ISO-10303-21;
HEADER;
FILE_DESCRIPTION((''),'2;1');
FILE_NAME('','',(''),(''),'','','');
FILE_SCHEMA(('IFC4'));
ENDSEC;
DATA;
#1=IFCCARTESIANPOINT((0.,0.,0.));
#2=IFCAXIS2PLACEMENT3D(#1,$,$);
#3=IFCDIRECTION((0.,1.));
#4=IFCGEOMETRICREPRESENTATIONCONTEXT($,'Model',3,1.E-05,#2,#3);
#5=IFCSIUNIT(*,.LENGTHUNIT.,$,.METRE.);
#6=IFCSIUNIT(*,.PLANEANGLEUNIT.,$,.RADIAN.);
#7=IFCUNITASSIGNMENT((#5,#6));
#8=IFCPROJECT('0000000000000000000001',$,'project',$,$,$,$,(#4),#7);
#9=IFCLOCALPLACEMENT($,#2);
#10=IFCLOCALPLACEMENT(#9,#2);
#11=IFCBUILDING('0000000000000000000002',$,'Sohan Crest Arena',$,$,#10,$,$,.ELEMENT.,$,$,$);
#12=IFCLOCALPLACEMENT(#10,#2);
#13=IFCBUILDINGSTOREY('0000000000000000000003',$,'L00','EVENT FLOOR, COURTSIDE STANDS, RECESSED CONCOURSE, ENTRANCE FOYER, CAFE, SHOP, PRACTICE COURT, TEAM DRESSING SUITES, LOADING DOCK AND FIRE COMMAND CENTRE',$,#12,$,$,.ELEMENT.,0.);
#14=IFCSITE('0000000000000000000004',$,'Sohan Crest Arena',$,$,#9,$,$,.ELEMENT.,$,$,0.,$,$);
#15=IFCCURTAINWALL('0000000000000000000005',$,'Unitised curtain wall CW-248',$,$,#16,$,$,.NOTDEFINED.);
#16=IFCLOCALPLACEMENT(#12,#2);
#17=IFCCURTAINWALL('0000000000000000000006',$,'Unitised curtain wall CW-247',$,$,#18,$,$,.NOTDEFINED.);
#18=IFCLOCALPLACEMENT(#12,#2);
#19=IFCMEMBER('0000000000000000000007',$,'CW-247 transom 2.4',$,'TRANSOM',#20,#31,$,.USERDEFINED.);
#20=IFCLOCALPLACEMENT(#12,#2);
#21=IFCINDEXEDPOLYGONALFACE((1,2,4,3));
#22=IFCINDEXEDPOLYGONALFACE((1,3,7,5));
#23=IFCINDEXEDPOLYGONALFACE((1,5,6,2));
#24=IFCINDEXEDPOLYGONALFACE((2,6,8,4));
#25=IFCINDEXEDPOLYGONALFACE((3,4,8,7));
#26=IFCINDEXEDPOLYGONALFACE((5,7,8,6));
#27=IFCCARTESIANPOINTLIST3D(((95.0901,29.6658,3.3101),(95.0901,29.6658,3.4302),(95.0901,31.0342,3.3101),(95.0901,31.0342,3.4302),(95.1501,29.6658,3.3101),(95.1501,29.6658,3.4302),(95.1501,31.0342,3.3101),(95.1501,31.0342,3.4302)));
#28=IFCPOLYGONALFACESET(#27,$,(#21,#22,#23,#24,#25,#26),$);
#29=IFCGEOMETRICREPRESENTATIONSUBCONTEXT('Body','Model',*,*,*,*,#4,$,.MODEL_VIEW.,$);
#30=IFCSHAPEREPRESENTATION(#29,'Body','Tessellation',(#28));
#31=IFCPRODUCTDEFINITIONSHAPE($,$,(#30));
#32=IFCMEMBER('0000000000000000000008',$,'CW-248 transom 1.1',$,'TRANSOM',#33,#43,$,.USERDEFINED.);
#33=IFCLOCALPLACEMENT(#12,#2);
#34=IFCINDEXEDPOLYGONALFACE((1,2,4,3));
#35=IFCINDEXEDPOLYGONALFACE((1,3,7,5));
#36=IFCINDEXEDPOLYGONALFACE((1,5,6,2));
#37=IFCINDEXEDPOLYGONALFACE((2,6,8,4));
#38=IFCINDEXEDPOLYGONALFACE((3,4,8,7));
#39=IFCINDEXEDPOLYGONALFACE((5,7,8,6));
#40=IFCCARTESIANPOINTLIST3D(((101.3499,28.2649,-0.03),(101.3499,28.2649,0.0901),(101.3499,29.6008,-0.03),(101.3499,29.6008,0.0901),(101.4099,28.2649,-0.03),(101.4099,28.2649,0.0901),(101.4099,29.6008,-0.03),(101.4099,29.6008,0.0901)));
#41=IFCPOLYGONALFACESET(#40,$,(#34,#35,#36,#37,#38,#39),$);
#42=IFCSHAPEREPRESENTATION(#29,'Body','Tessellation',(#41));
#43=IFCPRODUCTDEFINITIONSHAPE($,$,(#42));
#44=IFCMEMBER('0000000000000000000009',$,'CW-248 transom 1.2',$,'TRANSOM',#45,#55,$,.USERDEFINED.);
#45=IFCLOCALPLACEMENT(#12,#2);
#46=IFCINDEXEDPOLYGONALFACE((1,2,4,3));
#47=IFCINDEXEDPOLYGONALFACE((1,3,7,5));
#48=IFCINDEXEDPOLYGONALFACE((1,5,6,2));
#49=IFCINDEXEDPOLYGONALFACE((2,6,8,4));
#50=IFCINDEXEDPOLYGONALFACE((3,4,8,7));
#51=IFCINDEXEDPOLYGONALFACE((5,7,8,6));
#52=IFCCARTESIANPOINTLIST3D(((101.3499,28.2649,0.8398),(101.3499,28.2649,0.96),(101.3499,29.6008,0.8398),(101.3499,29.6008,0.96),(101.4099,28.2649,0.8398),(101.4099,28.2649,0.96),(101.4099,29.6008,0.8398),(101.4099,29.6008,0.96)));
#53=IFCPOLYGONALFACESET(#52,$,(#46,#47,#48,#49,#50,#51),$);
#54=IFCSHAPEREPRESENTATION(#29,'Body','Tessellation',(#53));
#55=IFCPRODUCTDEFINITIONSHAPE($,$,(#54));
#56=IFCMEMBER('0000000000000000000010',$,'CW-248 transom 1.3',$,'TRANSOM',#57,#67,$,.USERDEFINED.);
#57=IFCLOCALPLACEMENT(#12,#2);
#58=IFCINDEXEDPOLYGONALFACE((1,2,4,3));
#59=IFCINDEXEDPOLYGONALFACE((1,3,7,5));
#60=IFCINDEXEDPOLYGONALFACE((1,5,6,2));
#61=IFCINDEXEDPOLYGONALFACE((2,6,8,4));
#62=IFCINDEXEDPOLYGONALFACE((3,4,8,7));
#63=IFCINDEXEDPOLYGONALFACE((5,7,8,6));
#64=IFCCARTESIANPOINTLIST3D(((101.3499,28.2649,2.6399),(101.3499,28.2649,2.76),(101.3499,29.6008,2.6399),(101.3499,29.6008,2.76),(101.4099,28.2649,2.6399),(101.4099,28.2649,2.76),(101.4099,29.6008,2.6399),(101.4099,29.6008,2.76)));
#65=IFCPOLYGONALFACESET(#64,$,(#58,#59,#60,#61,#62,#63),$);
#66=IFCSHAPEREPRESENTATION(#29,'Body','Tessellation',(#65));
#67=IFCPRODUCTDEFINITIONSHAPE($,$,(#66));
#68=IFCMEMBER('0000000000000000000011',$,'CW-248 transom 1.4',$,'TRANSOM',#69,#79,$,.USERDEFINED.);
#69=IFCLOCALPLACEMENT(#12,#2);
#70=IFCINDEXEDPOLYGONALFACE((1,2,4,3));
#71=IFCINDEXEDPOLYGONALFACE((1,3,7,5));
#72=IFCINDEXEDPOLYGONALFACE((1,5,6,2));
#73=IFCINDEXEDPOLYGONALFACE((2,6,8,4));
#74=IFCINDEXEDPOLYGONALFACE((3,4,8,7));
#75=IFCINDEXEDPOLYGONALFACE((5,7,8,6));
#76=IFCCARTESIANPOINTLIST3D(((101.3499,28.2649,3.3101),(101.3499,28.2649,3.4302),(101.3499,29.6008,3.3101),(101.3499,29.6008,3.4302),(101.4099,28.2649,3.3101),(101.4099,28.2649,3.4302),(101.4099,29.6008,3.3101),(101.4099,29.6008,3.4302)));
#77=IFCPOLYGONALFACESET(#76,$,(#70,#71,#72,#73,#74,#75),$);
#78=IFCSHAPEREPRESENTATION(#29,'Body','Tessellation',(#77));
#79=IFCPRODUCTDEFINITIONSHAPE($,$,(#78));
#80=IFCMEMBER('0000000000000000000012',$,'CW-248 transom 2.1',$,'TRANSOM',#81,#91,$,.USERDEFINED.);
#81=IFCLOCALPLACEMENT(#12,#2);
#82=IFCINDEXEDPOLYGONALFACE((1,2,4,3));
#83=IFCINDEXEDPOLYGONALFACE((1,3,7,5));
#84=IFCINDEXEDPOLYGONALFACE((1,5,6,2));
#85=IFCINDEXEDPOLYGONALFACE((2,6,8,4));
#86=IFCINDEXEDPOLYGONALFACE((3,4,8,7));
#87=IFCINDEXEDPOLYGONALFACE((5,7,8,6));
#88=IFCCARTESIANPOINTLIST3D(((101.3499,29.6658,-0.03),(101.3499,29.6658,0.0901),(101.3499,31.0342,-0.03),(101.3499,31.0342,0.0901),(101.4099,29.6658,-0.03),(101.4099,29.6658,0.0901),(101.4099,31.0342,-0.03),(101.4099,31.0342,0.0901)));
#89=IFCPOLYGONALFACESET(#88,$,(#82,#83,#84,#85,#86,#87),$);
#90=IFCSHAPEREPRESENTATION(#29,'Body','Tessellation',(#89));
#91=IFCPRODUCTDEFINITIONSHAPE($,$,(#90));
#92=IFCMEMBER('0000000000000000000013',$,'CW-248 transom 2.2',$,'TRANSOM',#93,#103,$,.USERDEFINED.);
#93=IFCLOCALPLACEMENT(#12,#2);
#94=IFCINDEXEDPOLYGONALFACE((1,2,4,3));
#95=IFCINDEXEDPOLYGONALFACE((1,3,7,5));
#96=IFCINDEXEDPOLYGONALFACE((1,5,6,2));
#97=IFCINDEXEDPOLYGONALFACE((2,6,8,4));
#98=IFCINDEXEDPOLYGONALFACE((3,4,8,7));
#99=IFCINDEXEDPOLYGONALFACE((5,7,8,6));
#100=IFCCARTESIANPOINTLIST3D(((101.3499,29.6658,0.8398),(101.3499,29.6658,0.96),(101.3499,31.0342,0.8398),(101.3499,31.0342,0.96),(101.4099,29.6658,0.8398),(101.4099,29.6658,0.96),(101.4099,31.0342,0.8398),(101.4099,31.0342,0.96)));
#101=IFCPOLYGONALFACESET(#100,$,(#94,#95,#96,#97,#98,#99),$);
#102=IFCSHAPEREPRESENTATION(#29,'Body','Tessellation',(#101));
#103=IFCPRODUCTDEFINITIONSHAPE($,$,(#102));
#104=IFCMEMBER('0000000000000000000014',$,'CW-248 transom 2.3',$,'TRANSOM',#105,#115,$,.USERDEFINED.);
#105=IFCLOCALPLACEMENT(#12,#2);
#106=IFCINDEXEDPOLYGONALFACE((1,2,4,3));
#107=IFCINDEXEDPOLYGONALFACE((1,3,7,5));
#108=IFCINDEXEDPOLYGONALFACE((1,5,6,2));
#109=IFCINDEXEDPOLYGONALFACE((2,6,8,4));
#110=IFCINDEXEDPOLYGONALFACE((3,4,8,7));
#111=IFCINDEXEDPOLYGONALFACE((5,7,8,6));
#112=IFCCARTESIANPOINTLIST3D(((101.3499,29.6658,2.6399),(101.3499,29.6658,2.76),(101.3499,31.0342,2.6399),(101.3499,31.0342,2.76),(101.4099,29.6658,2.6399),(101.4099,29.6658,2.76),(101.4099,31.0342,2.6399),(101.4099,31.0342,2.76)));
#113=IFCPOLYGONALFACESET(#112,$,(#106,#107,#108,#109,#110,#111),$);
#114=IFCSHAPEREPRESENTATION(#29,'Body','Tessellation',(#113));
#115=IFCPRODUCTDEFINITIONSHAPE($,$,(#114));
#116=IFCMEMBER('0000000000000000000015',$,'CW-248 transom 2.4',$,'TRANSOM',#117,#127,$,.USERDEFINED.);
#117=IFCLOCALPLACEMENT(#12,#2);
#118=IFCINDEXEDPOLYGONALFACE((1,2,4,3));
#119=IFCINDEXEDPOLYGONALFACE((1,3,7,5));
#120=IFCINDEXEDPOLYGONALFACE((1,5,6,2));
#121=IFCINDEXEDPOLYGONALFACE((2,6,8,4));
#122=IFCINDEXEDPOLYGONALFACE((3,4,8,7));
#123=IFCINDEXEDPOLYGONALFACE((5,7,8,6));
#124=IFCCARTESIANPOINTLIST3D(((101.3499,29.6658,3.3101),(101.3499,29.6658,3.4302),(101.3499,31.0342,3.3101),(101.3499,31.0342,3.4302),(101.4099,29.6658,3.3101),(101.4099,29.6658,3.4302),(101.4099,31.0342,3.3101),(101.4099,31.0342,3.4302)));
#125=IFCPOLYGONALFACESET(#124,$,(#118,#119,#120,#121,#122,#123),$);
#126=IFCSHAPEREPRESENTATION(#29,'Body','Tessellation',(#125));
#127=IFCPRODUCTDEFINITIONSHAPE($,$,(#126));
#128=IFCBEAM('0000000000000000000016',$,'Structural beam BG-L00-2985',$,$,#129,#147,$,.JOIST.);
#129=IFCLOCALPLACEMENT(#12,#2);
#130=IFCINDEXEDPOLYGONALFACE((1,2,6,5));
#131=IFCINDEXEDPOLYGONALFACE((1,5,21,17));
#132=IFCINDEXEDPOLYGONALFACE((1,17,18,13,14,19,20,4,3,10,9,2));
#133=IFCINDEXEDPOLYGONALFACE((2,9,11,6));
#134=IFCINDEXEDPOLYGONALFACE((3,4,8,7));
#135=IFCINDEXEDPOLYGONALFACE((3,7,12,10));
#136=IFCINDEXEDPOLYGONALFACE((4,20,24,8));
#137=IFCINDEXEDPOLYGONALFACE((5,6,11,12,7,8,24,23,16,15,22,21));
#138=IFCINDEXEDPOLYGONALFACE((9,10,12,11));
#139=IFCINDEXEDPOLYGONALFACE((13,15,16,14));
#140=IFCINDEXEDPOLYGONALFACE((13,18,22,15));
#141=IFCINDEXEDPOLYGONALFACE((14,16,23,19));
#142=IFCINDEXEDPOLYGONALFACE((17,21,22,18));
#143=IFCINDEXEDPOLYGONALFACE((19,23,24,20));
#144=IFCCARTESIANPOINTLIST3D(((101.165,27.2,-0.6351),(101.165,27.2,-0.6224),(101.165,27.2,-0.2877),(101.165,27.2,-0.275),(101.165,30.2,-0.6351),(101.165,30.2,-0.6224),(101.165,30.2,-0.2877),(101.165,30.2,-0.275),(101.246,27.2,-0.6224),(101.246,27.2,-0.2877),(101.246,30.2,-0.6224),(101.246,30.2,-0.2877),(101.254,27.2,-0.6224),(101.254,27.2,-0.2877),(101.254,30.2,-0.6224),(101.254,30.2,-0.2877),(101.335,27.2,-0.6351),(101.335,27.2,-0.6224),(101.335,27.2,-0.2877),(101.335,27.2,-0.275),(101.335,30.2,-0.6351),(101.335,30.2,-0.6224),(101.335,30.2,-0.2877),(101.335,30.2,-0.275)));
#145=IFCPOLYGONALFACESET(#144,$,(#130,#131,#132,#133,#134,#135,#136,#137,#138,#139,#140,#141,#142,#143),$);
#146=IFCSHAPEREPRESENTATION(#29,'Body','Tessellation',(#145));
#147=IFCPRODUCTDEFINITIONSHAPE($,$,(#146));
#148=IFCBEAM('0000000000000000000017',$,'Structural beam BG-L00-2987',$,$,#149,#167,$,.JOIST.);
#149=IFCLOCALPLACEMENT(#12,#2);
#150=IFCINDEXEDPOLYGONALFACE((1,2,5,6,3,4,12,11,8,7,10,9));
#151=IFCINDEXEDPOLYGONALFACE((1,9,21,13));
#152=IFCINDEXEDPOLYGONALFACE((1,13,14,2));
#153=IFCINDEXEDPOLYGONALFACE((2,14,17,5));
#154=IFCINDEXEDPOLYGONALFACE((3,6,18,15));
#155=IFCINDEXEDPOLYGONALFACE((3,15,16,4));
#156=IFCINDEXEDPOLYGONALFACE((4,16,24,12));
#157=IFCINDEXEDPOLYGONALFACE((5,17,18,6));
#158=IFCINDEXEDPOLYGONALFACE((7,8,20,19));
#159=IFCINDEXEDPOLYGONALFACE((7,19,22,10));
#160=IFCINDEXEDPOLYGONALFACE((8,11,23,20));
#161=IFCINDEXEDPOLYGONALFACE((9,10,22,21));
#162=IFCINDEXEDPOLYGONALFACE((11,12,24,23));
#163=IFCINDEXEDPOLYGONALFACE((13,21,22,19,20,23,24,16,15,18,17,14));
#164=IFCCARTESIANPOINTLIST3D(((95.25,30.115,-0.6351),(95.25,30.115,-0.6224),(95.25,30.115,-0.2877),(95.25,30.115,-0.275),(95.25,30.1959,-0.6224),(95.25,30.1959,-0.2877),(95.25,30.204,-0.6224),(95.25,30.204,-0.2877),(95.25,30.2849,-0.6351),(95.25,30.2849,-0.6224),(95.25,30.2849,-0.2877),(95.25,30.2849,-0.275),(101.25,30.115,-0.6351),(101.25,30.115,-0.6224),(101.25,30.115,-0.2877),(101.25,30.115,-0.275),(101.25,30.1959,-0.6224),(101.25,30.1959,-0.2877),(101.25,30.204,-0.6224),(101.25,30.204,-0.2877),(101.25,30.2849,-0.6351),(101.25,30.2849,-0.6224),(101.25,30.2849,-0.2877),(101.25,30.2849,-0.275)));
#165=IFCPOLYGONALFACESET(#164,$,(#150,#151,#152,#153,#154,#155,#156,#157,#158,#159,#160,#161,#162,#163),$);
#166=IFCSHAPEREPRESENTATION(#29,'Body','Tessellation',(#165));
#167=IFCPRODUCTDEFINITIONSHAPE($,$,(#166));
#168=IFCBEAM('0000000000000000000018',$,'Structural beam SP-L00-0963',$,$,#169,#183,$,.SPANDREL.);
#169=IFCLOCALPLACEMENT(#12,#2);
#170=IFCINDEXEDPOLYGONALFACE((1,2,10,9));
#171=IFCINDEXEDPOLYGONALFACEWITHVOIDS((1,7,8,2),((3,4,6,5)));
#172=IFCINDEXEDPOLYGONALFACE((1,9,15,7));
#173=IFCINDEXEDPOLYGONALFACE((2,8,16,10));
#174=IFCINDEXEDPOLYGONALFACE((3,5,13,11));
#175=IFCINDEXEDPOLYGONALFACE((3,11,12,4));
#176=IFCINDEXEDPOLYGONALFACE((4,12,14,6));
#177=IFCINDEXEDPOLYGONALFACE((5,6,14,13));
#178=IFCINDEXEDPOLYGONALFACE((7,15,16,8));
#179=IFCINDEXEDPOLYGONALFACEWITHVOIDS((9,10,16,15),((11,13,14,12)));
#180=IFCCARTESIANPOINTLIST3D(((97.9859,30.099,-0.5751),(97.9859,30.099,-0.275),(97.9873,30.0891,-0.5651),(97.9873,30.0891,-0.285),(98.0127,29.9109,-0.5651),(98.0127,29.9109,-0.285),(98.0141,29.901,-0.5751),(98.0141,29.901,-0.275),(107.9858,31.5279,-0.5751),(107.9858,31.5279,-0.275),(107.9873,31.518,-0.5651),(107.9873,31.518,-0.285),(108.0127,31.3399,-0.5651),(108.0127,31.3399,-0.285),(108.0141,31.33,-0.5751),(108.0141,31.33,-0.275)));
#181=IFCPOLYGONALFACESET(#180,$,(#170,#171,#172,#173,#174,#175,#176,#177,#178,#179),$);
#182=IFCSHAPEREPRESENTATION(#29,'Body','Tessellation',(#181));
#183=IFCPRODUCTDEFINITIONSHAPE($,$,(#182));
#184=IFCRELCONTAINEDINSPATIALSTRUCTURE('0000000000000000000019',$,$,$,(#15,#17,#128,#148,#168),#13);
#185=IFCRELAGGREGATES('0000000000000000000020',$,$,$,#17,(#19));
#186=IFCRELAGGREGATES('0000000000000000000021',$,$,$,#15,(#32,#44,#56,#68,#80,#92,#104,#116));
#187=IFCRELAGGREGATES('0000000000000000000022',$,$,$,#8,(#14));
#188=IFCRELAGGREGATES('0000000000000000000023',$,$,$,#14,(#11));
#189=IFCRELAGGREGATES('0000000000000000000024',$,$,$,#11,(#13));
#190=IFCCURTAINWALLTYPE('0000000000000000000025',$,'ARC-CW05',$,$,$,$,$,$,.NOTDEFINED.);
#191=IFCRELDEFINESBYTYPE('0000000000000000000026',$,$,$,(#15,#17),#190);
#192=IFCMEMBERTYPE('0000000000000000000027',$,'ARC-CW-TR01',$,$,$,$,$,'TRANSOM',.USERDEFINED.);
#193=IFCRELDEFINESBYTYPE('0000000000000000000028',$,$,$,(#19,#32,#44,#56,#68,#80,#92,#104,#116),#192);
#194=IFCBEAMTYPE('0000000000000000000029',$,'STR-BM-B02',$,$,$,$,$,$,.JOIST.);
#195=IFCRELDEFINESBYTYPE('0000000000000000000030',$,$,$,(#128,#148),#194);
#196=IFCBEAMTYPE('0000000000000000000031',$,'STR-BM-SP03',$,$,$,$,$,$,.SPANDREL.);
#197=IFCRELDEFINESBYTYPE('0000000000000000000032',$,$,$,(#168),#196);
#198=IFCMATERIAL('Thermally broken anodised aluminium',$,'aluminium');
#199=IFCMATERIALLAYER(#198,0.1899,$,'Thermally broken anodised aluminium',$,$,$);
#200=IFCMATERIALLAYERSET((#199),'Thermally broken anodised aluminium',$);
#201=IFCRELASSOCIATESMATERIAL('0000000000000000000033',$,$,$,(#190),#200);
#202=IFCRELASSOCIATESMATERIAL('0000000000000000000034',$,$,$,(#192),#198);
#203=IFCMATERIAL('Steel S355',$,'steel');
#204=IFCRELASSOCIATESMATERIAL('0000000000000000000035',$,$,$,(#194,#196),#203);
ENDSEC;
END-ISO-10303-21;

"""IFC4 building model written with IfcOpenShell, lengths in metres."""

from ifc_helpers import new_model, si_unit, direction, frame, origin, origin_2d, place, context, subcontext, project, spatial, rectangle, hollow_rectangle, i_section, extrude, material, layer, layer_set, material_profile, profile_set, type_object, element, aggregate, save


model = new_model("IFC4")

# Units and contexts
model_context = context("Model", 3, precision=1e-05, world=origin(), true_north=direction((0.0, 1.0)))
body_context = subcontext(model_context, "Body", "Model", "MODEL_VIEW")
ifc_project = project(units=[si_unit("LENGTHUNIT", "METRE"), si_unit("PLANEANGLEUNIT", "RADIAN")], contexts=[model_context])

# Site, building, storey
site_placement = place(None, origin())
site = spatial("IfcSite", under=ifc_project, at=site_placement, Name="Sohan Crest Arena", CompositionType="ELEMENT", RefElevation=0.0)
building_placement = place(site_placement, origin())
building = spatial("IfcBuilding", under=site, at=building_placement, Name="Sohan Crest Arena", CompositionType="ELEMENT")
storey_placement = place(building_placement, origin())
storey = spatial("IfcBuildingStorey", under=building, at=storey_placement, Name="L00", Description="EVENT FLOOR, COURTSIDE STANDS, RECESSED CONCOURSE, ENTRANCE FOYER, CAFE, SHOP, PRACTICE COURT, TEAM DRESSING SUITES, LOADING DOCK AND FIRE COMMAND CENTRE", CompositionType="ELEMENT", Elevation=0.0)

# Shared definitions
ifc_material_1 = material(Name="Steel S355", Category="steel")

# Curtain wall
ifc_material_2 = material(Name="Thermally broken anodised aluminium", Category="aluminium")
ifc_layer_1 = layer(ifc_material_2, 0.1899, Name="Thermally broken anodised aluminium")
ifc_layer_set_1 = layer_set([ifc_layer_1], Name="Thermally broken anodised aluminium")
curtain_wall_type = type_object("IfcCurtainWallType", Name="ARC-CW05", PredefinedType="NOTDEFINED", material=ifc_layer_set_1)
curtain_wall_1_placement = place(storey_placement, origin())
curtain_wall_1 = element("IfcCurtainWall", 1, at=curtain_wall_1_placement, inside=storey, type_object=curtain_wall_type, Name="Unitised curtain wall CW-248", PredefinedType="NOTDEFINED")

# Curtain wall, member
curtain_wall_2_placement = place(storey_placement, origin())
curtain_wall_2 = element("IfcCurtainWall", 2, at=curtain_wall_2_placement, inside=storey, type_object=curtain_wall_type, Name="Unitised curtain wall CW-247", PredefinedType="NOTDEFINED")
ifc_material_profile_1 = material_profile(ifc_material_2, rectangle(XDim=0.0601, YDim=0.1201, at=origin_2d()), Name="ALU-TRAN 60x120")
ifc_profile_set_1 = profile_set([ifc_material_profile_1], Name="Thermally broken anodised aluminium")
member_type_1 = type_object("IfcMemberType", Name="ARC-CW-TR01", ElementType="TRANSOM", PredefinedType="USERDEFINED", material=ifc_profile_set_1)
member_1_placement = place(storey_placement, frame((95.1201, 29.6658, 3.3701), z_axis=(0.0, 1.0, 0.0), x_axis=(-1.0, 0.0, 0.0)))
member_1 = element("IfcMember", 3, at=member_1_placement, type_object=member_type_1, Name="CW-247 transom 2.4", ObjectType="TRANSOM", PredefinedType="USERDEFINED", context=body_context, shape_type="SweptSolid", body=[
    extrude(rectangle(XDim=0.0601, YDim=0.1201, at=origin_2d()), origin(), (0.0, 0.0, 1.0), 1.3684),
])

# Members
member_2_placement = place(storey_placement, frame((101.3799, 28.2649, 0.03), z_axis=(0.0, 1.0, 0.0), x_axis=(-1.0, 0.0, 0.0)))
member_2 = element("IfcMember", 4, at=member_2_placement, type_object=member_type_1, Name="CW-248 transom 1.1", ObjectType="TRANSOM", PredefinedType="USERDEFINED", context=body_context, shape_type="SweptSolid", body=[
    extrude(rectangle(XDim=0.0601, YDim=0.1201, at=origin_2d()), origin(), (0.0, 0.0, 1.0), 1.3359),
])
member_3_placement = place(storey_placement, frame((101.3799, 28.2649, 0.8999), z_axis=(0.0, 1.0, 0.0), x_axis=(-1.0, 0.0, 0.0)))
member_3 = element("IfcMember", 5, at=member_3_placement, type_object=member_type_1, Name="CW-248 transom 1.2", ObjectType="TRANSOM", PredefinedType="USERDEFINED", context=body_context, shape_type="SweptSolid", body=[
    extrude(rectangle(XDim=0.0601, YDim=0.1201, at=origin_2d()), origin(), (0.0, 0.0, 1.0), 1.3359),
])
member_4_placement = place(storey_placement, frame((101.3799, 28.2649, 2.7), z_axis=(0.0, 1.0, 0.0), x_axis=(-1.0, 0.0, 0.0)))
member_4 = element("IfcMember", 6, at=member_4_placement, type_object=member_type_1, Name="CW-248 transom 1.3", ObjectType="TRANSOM", PredefinedType="USERDEFINED", context=body_context, shape_type="SweptSolid", body=[
    extrude(rectangle(XDim=0.0601, YDim=0.1201, at=origin_2d()), origin(), (0.0, 0.0, 1.0), 1.3359),
])
member_5_placement = place(storey_placement, frame((101.3799, 28.2649, 3.3701), z_axis=(0.0, 1.0, 0.0), x_axis=(-1.0, 0.0, 0.0)))
member_5 = element("IfcMember", 7, at=member_5_placement, type_object=member_type_1, Name="CW-248 transom 1.4", ObjectType="TRANSOM", PredefinedType="USERDEFINED", context=body_context, shape_type="SweptSolid", body=[
    extrude(rectangle(XDim=0.0601, YDim=0.1201, at=origin_2d()), origin(), (0.0, 0.0, 1.0), 1.3359),
])
member_6_placement = place(storey_placement, frame((101.3799, 29.6658, 0.03), z_axis=(0.0, 1.0, 0.0), x_axis=(-1.0, 0.0, 0.0)))
member_6 = element("IfcMember", 8, at=member_6_placement, type_object=member_type_1, Name="CW-248 transom 2.1", ObjectType="TRANSOM", PredefinedType="USERDEFINED", context=body_context, shape_type="SweptSolid", body=[
    extrude(rectangle(XDim=0.0601, YDim=0.1201, at=origin_2d()), origin(), (0.0, 0.0, 1.0), 1.3684),
])
member_7_placement = place(storey_placement, frame((101.3799, 29.6658, 0.8999), z_axis=(0.0, 1.0, 0.0), x_axis=(-1.0, 0.0, 0.0)))
member_7 = element("IfcMember", 9, at=member_7_placement, type_object=member_type_1, Name="CW-248 transom 2.2", ObjectType="TRANSOM", PredefinedType="USERDEFINED", context=body_context, shape_type="SweptSolid", body=[
    extrude(rectangle(XDim=0.0601, YDim=0.1201, at=origin_2d()), origin(), (0.0, 0.0, 1.0), 1.3684),
])
member_8_placement = place(storey_placement, frame((101.3799, 29.6658, 2.7), z_axis=(0.0, 1.0, 0.0), x_axis=(-1.0, 0.0, 0.0)))
member_8 = element("IfcMember", 10, at=member_8_placement, type_object=member_type_1, Name="CW-248 transom 2.3", ObjectType="TRANSOM", PredefinedType="USERDEFINED", context=body_context, shape_type="SweptSolid", body=[
    extrude(rectangle(XDim=0.0601, YDim=0.1201, at=origin_2d()), origin(), (0.0, 0.0, 1.0), 1.3684),
])
member_9_placement = place(storey_placement, frame((101.3799, 29.6658, 3.3701), z_axis=(0.0, 1.0, 0.0), x_axis=(-1.0, 0.0, 0.0)))
member_9 = element("IfcMember", 11, at=member_9_placement, type_object=member_type_1, Name="CW-248 transom 2.4", ObjectType="TRANSOM", PredefinedType="USERDEFINED", context=body_context, shape_type="SweptSolid", body=[
    extrude(rectangle(XDim=0.0601, YDim=0.1201, at=origin_2d()), origin(), (0.0, 0.0, 1.0), 1.3684),
])

# Beams
ifc_material_profile_2 = material_profile(ifc_material_1, i_section(OverallWidth=0.1699, OverallDepth=0.3601, WebThickness=0.0081, FlangeThickness=0.0127, at=origin_2d()), Name="IPE 360")
ifc_profile_set_2 = profile_set([ifc_material_profile_2], Name="Steel S355")
beam_type_1 = type_object("IfcBeamType", Name="STR-BM-B02", PredefinedType="JOIST", material=ifc_profile_set_2)
beam_1_placement = place(storey_placement, frame((101.25, 27.2, -0.4551), z_axis=(0.0, 1.0, 0.0), x_axis=(-1.0, 0.0, 0.0)))
element("IfcBeam", 12, at=beam_1_placement, inside=storey, type_object=beam_type_1, Name="Structural beam BG-L00-2985", PredefinedType="JOIST", context=body_context, shape_type="SweptSolid", body=[
    extrude(i_section(OverallWidth=0.1699, OverallDepth=0.3601, WebThickness=0.0081, FlangeThickness=0.0127, at=origin_2d()), origin(), (0.0, 0.0, 1.0), 3.0),
])
beam_2_placement = place(storey_placement, frame((95.25, 30.2, -0.4551), z_axis=(1.0, 0.0, 0.0), x_axis=(0.0, 1.0, 0.0)))
element("IfcBeam", 13, at=beam_2_placement, inside=storey, type_object=beam_type_1, Name="Structural beam BG-L00-2987", PredefinedType="JOIST", context=body_context, shape_type="SweptSolid", body=[
    extrude(i_section(OverallWidth=0.1699, OverallDepth=0.3601, WebThickness=0.0081, FlangeThickness=0.0127, at=origin_2d()), origin(), (0.0, 0.0, 1.0), 6.0),
])
ifc_material_profile_3 = material_profile(ifc_material_1, hollow_rectangle(XDim=0.2, YDim=0.3, WallThickness=0.01, at=origin_2d()), Name="RHS 300x200x10")
ifc_profile_set_3 = profile_set([ifc_material_profile_3], Name="Steel S355")
beam_type_2 = type_object("IfcBeamType", Name="STR-BM-SP03", PredefinedType="SPANDREL", material=ifc_profile_set_3)
beam_3_placement = place(storey_placement, frame((98.0, 30.0, -0.425), z_axis=(0.989944, 0.141459, 0.0), x_axis=(-0.141459, 0.989944, 0.0)))
element("IfcBeam", 14, at=beam_3_placement, inside=storey, type_object=beam_type_2, Name="Structural beam SP-L00-0963", PredefinedType="SPANDREL", context=body_context, shape_type="SweptSolid", body=[
    extrude(hollow_rectangle(XDim=0.2, YDim=0.3, WallThickness=0.01, at=origin_2d()), origin(), (0.0, 0.0, 1.0), 10.1016),
])

aggregate(curtain_wall_2, [member_1])
aggregate(curtain_wall_1, [member_2, member_3, member_4, member_5, member_6, member_7, member_8, member_9])

save(model, "model.ifc")
